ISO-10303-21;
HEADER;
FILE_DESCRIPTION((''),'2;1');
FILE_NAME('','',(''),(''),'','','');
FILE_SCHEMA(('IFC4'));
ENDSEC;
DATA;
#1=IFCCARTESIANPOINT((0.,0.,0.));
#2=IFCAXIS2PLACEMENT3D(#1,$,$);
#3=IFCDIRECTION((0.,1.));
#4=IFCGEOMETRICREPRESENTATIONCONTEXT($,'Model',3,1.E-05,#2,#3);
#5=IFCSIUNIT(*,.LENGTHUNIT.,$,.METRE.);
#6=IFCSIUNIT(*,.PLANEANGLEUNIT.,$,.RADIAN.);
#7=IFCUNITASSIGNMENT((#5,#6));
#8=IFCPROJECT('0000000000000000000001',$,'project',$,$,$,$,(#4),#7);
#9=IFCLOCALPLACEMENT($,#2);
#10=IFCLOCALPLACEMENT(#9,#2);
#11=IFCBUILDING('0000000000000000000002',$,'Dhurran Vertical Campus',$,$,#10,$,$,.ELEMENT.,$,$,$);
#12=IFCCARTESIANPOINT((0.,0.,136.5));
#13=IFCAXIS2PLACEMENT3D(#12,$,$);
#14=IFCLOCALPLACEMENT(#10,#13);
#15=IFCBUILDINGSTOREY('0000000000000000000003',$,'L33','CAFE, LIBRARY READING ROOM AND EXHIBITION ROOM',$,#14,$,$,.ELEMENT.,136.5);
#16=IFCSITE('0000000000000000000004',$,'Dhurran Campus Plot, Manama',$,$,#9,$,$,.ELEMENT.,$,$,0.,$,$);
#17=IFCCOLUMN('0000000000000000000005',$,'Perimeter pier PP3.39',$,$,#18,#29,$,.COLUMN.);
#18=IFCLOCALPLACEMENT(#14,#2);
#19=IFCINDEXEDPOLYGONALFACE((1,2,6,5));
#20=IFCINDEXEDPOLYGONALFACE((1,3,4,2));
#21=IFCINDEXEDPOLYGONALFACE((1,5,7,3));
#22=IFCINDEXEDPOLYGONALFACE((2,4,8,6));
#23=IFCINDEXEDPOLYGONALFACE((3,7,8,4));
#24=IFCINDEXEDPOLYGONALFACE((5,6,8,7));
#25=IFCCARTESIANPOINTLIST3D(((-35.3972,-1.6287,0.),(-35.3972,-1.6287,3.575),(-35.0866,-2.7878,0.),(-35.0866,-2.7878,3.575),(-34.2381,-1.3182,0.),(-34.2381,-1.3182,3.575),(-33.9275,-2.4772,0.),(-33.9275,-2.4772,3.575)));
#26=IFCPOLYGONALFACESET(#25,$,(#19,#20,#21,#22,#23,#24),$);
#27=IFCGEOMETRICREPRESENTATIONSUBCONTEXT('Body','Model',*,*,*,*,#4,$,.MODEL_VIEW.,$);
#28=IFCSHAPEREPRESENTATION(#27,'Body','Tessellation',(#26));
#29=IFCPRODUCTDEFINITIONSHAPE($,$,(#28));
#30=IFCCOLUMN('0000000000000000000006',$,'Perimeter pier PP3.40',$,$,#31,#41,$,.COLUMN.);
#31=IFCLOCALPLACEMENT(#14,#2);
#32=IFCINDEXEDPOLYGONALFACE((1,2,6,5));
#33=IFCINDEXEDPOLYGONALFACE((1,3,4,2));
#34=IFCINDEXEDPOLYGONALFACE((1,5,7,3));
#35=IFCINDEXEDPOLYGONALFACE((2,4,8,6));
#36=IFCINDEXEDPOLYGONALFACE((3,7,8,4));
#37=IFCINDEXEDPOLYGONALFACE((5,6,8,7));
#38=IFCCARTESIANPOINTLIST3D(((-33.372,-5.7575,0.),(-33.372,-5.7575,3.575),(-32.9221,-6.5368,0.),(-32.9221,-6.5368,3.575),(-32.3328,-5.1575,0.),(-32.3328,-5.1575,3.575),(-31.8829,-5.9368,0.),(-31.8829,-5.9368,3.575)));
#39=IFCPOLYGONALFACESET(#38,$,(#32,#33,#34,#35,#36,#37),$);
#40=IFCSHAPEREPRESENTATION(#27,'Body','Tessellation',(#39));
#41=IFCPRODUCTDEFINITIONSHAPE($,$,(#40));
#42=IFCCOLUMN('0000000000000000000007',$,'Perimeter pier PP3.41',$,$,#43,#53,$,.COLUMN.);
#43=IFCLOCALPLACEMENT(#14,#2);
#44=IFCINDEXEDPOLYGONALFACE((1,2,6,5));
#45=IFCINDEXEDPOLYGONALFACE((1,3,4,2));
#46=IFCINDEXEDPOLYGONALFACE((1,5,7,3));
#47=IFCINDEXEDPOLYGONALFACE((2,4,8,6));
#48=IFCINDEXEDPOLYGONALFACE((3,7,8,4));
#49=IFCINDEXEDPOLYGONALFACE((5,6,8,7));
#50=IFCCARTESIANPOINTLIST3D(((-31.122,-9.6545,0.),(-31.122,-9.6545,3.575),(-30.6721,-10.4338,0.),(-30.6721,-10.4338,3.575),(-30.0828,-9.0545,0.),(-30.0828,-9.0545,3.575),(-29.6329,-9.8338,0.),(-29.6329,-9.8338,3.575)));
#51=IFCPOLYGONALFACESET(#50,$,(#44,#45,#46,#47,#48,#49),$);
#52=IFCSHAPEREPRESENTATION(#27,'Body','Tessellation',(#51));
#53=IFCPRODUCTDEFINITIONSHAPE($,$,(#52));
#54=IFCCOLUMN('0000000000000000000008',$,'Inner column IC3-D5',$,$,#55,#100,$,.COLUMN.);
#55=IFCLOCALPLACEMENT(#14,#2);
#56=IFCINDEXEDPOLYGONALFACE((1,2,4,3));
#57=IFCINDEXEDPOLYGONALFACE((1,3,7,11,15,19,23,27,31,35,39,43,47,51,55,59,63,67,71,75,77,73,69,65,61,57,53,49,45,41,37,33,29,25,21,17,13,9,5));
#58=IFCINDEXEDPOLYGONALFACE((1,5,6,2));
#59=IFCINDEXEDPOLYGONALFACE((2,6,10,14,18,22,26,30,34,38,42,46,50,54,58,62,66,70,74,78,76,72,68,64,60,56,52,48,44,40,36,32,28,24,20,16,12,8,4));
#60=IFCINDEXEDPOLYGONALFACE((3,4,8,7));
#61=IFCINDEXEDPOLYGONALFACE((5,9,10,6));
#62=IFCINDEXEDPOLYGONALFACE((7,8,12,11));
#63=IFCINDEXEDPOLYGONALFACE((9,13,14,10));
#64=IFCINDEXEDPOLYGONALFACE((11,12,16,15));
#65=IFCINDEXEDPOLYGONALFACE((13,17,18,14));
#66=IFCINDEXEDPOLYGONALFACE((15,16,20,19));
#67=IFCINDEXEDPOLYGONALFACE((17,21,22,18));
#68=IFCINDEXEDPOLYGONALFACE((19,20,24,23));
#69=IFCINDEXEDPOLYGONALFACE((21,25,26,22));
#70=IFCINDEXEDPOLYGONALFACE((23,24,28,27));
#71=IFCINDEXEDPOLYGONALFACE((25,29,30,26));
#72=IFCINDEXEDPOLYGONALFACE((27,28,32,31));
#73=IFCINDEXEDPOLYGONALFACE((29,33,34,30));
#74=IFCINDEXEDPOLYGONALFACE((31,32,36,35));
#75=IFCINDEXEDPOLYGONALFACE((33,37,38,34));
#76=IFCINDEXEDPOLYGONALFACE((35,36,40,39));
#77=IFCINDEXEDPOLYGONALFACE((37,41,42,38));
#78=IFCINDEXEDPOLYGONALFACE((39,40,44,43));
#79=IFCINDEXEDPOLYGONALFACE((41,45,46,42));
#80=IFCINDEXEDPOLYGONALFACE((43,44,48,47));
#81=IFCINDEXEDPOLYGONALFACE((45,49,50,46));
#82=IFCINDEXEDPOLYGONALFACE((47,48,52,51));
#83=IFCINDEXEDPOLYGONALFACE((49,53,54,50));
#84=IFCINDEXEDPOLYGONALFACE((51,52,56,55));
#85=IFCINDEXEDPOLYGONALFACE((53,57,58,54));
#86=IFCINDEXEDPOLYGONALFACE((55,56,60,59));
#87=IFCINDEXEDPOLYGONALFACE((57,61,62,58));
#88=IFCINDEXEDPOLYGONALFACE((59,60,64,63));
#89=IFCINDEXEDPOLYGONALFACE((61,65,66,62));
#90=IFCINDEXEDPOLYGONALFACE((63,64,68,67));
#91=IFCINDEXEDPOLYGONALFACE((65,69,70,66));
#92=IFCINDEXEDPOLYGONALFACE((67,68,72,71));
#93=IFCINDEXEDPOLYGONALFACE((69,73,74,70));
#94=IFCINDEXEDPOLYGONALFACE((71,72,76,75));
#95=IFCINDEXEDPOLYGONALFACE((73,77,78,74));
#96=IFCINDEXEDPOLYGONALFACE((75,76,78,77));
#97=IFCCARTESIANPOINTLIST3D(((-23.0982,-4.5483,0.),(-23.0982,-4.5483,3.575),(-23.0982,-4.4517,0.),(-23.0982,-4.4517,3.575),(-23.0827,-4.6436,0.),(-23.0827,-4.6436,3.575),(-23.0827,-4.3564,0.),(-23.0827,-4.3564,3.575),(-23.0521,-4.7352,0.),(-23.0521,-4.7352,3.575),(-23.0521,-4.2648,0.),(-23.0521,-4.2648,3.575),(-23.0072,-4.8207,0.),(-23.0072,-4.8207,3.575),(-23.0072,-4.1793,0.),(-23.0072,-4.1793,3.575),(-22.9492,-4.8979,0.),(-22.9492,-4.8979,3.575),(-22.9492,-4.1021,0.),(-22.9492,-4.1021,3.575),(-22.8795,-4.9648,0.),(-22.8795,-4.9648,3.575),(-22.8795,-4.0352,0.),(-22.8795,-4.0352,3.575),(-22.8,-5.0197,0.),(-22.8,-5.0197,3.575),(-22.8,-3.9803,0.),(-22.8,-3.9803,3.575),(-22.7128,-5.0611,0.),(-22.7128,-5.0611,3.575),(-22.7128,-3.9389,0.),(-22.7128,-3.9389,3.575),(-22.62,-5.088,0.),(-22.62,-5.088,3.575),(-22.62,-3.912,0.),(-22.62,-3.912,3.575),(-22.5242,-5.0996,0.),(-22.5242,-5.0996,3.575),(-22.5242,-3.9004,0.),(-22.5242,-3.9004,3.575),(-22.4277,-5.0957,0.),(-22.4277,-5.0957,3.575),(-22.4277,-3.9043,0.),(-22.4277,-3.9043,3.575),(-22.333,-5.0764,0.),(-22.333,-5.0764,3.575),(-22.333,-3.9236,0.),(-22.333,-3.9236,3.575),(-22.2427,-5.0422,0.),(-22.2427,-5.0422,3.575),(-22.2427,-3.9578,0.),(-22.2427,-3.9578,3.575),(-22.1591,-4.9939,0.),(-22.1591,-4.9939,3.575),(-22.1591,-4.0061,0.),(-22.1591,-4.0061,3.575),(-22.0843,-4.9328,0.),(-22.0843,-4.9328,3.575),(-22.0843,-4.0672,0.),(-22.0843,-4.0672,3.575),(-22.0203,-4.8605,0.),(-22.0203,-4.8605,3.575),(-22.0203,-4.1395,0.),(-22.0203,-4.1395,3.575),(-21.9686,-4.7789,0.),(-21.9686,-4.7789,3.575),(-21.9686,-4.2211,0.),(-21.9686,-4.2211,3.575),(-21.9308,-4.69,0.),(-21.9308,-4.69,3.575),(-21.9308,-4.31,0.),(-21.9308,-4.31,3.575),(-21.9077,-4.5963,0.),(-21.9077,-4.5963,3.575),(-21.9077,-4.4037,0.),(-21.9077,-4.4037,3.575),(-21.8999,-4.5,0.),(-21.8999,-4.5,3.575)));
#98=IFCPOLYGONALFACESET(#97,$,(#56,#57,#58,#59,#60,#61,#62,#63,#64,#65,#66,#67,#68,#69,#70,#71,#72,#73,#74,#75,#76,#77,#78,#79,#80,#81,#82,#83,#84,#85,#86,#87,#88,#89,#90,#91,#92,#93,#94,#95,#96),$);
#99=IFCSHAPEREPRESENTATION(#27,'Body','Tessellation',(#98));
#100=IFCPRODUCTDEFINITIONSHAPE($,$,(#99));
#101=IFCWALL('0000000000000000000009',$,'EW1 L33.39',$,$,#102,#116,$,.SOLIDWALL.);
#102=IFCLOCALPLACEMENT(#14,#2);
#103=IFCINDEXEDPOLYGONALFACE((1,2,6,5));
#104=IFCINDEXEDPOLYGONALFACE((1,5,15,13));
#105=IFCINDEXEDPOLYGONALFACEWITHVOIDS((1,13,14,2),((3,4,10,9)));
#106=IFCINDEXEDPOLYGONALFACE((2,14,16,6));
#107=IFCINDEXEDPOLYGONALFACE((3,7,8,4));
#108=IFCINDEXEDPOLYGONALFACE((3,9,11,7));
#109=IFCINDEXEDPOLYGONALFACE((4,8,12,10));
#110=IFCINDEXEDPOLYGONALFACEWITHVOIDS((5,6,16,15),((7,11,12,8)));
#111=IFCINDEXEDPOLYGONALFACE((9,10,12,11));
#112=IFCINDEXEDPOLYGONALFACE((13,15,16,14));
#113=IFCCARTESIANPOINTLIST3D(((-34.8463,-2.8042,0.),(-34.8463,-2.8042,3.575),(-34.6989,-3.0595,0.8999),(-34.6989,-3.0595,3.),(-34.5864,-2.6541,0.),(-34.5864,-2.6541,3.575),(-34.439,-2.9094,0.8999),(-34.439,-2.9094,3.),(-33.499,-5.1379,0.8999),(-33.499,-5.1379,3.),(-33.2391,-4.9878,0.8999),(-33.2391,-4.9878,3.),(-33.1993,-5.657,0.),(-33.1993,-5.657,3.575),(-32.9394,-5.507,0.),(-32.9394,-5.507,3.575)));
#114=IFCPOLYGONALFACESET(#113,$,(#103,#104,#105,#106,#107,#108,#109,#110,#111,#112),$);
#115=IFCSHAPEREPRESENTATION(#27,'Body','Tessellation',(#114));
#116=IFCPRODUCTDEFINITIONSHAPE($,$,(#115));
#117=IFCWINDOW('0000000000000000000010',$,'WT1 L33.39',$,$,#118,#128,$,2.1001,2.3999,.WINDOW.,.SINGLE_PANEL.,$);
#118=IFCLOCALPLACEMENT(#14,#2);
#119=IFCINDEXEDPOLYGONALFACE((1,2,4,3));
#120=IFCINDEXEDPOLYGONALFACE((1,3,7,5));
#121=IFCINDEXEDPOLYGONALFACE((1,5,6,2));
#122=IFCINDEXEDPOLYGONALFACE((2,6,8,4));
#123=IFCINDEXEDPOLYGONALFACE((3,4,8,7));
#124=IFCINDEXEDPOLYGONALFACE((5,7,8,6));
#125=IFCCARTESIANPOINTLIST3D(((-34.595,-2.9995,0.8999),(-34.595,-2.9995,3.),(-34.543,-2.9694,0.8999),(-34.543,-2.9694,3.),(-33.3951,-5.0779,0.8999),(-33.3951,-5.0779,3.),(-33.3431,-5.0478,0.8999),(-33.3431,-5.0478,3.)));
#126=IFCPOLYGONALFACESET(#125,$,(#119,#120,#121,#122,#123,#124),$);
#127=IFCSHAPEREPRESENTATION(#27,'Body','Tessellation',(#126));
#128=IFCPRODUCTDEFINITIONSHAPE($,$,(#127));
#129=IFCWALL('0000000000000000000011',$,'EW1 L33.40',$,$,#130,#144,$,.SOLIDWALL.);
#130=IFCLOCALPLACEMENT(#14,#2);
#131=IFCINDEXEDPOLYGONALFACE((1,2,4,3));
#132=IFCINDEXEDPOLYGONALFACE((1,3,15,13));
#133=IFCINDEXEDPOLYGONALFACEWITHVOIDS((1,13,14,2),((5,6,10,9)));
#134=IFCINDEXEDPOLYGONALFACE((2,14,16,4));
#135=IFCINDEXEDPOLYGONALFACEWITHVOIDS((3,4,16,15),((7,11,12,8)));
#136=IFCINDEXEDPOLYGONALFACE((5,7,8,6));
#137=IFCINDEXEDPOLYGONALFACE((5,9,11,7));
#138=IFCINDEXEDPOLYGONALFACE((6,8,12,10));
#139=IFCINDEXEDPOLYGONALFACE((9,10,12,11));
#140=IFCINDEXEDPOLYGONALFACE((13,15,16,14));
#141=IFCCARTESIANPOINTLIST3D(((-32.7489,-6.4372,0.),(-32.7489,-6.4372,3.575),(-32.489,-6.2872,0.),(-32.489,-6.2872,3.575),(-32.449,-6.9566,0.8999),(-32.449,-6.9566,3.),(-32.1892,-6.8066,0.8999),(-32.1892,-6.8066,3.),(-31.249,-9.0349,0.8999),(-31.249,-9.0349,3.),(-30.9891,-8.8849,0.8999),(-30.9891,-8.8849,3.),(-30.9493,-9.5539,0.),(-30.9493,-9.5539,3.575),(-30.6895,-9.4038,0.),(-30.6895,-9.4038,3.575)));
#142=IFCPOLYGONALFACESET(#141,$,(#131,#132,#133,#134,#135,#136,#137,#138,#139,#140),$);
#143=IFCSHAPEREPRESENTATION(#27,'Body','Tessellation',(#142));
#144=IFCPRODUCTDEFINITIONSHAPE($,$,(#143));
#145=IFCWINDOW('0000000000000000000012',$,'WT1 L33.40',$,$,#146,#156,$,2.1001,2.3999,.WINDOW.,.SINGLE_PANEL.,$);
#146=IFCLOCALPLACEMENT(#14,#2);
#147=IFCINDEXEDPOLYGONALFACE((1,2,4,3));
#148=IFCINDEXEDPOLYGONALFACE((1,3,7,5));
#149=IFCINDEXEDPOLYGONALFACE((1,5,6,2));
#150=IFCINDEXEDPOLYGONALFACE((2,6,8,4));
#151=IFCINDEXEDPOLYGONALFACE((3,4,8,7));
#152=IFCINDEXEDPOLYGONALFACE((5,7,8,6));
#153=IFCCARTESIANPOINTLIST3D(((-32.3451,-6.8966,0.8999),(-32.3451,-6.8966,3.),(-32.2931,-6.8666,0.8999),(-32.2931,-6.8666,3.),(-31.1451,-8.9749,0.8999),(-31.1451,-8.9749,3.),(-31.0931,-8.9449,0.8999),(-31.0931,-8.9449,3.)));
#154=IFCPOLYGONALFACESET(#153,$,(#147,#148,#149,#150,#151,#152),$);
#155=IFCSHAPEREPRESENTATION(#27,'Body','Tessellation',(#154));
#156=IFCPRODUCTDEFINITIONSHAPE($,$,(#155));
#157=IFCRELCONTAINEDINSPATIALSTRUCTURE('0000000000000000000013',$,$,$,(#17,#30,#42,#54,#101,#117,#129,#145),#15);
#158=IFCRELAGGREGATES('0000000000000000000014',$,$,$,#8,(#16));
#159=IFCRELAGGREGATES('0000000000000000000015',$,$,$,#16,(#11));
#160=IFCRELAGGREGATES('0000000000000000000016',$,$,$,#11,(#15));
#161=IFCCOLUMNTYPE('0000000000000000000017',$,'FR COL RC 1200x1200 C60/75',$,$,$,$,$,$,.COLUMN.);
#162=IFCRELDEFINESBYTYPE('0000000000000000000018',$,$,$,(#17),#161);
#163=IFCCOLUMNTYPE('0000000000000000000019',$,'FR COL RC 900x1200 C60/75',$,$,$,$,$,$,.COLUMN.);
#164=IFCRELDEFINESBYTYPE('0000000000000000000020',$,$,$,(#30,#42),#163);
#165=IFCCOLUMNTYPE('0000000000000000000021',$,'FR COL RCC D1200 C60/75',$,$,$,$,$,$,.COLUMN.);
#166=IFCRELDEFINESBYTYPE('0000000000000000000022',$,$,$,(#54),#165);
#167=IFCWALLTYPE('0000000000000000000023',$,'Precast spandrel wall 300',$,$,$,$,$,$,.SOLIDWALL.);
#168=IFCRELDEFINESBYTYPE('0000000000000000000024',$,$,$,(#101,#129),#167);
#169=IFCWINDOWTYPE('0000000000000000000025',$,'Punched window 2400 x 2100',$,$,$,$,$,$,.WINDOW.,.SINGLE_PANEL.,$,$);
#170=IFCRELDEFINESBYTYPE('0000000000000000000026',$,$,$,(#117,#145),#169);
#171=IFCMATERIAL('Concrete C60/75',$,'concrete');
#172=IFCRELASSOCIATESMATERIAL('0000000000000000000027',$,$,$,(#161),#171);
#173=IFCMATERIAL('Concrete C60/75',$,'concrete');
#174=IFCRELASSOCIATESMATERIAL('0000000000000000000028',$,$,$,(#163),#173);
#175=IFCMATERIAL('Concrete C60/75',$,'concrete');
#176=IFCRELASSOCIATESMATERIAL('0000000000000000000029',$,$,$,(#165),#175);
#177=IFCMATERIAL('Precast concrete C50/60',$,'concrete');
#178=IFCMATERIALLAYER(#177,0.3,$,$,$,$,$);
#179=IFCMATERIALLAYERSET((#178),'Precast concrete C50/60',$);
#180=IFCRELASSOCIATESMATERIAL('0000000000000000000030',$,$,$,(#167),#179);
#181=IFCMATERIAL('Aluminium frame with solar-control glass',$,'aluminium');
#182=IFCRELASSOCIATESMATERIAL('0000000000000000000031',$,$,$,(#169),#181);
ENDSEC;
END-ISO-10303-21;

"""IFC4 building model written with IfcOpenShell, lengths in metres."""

from ifc_helpers import new_model, si_unit, direction, frame, frame_2d, origin, origin_2d, place, context, subcontext, project, spatial, rectangle, circle, extrude, material, layer, layer_set, material_profile, profile_set, type_object, element, fill, save


model = new_model("IFC4")

# Units and contexts
model_context = context("Model", 3, precision=1e-05, world=origin(), true_north=direction((0.0, 1.0)))
body_context = subcontext(model_context, "Body", "Model", "MODEL_VIEW")
ifc_project = project(units=[si_unit("LENGTHUNIT", "METRE"), si_unit("PLANEANGLEUNIT", "RADIAN")], contexts=[model_context])

# Site, building, storey
site_placement = place(None, origin())
site = spatial("IfcSite", under=ifc_project, at=site_placement, Name="Dhurran Campus Plot, Manama", CompositionType="ELEMENT", RefElevation=0.0)
building_placement = place(site_placement, origin())
building = spatial("IfcBuilding", under=site, at=building_placement, Name="Dhurran Vertical Campus", CompositionType="ELEMENT")
storey_placement = place(building_placement, frame((0.0, 0.0, 136.5)))
storey = spatial("IfcBuildingStorey", under=building, at=storey_placement, Name="L33", Description="CAFE, LIBRARY READING ROOM AND EXHIBITION ROOM", CompositionType="ELEMENT", Elevation=136.5)

# Columns
ifc_material_1 = material(Name="Concrete C60/75", Category="concrete")
ifc_material_profile_1 = material_profile(ifc_material_1, rectangle(XDim=1.2, YDim=1.2, at=origin_2d()), Name="RC 1200x1200")
ifc_profile_set_1 = profile_set([ifc_material_profile_1], Name="Concrete C60/75")
column_type_1 = type_object("IfcColumnType", Name="FR COL RC 1200x1200 C60/75", PredefinedType="COLUMN", material=ifc_profile_set_1)
column_1_placement = place(storey_placement, frame((-34.6624, -2.053, 0.0), z_axis=(0.0, 0.0, 1.0), x_axis=(0.258819, -0.965926, 0.0)))
element("IfcColumn", 1, at=column_1_placement, inside=storey, type_object=column_type_1, Name="Perimeter pier PP3.39", PredefinedType="COLUMN", context=body_context, shape_type="SweptSolid", body=[
    extrude(rectangle(XDim=1.2, YDim=1.2, at=origin_2d()), origin(), (0.0, 0.0, 1.0), 3.575),
])
ifc_material_2 = material(Name="Concrete C60/75", Category="concrete")
ifc_material_profile_2 = material_profile(ifc_material_2, rectangle(XDim=0.8999, YDim=1.2, at=origin_2d()), Name="RC 900x1200")
ifc_profile_set_2 = profile_set([ifc_material_profile_2], Name="Concrete C60/75")
column_type_2 = type_object("IfcColumnType", Name="FR COL RC 900x1200 C60/75", PredefinedType="COLUMN", material=ifc_profile_set_2)
for number, where, z_axis, x_axis, name in (
    (2, (-32.6274, -5.8472, 0.0), (0.0, 0.0, 1.0), (0.5, -0.866025, 0.0), "Perimeter pier PP3.40"),
    (3, (-30.3774, -9.7441, 0.0), (0.0, 0.0, 1.0), (0.5, -0.866025, 0.0), "Perimeter pier PP3.41"),
):
    element("IfcColumn", number, at=place(storey_placement, frame(where, z_axis=z_axis, x_axis=x_axis)), inside=storey, type_object=column_type_2, Name=name, PredefinedType="COLUMN", context=body_context, shape_type="SweptSolid", body=[
        extrude(rectangle(XDim=0.8999, YDim=1.2, at=origin_2d()), origin(), (0.0, 0.0, 1.0), 3.575),
    ])
ifc_material_3 = material(Name="Concrete C60/75", Category="concrete")
ifc_material_profile_3 = material_profile(ifc_material_3, circle(Radius=0.6001, at=origin_2d()), Name="RCC D1200")
ifc_profile_set_3 = profile_set([ifc_material_profile_3], Name="Concrete C60/75")
column_type_3 = type_object("IfcColumnType", Name="FR COL RCC D1200 C60/75", PredefinedType="COLUMN", material=ifc_profile_set_3)
column_2_placement = place(storey_placement, frame((-22.5, -4.5, 0.0), z_axis=(0.0, 0.0, 1.0), x_axis=(1.0, 0.0, 0.0)))
element("IfcColumn", 4, at=column_2_placement, inside=storey, type_object=column_type_3, Name="Inner column IC3-D5", PredefinedType="COLUMN", context=body_context, shape_type="SweptSolid", body=[
    extrude(circle(Radius=0.6001, at=origin_2d()), origin(), (0.0, 0.0, 1.0), 3.575),
])

# Walls, openings, windows
ifc_material_4 = material(Name="Precast concrete C50/60", Category="concrete")
ifc_layer_1 = layer(ifc_material_4, 0.3)
ifc_layer_set_1 = layer_set([ifc_layer_1], Name="Precast concrete C50/60")
wall_type_1 = type_object("IfcWallType", Name="Precast spandrel wall 300", PredefinedType="SOLIDWALL", material=ifc_layer_set_1)
wall_1_placement = place(storey_placement, frame((-34.7163, -2.7292, 0.0), z_axis=(0.0, 0.0, 1.0), x_axis=(0.499981, -0.866036, 0.0)))
wall_1 = element("IfcWall", 5, at=wall_1_placement, inside=storey, type_object=wall_type_1, Name="EW1 L33.39", PredefinedType="SOLIDWALL", context=body_context, shape_type="SweptSolid", body=[
    extrude(rectangle(XDim=3.2942, YDim=0.3, at=frame_2d((1.647, 0.0))), origin(), (0.0, 0.0, 1.0), 3.575),
])
opening_1_placement = place(wall_1_placement, frame((0.2947, 0.0, 0.8999)))
opening_1 = element("IfcOpeningElement", 6, at=opening_1_placement, cuts=wall_1, PredefinedType="OPENING", context=body_context, shape_type="SweptSolid", body=[
    extrude(rectangle(XDim=2.3999, YDim=2.1001, at=frame_2d((1.2, 1.05))), frame((0.0, 0.1599, 0.0), z_axis=(0.0, -1.0, 0.0), x_axis=(1.0, 0.0, 0.0)), (0.0, 0.0, 1.0), 0.3201),
])
ifc_material_5 = material(Name="Aluminium frame with solar-control glass", Category="aluminium")
window_type = type_object("IfcWindowType", Name="Punched window 2400 x 2100", PartitioningType="SINGLE_PANEL", PredefinedType="WINDOW", material=ifc_material_5)
window_1_placement = place(opening_1_placement, origin())
window_1 = element("IfcWindow", 7, at=window_1_placement, inside=storey, type_object=window_type, Name="WT1 L33.39", OverallHeight=2.1001, OverallWidth=2.3999, PartitioningType="SINGLE_PANEL", PredefinedType="WINDOW", context=body_context, shape_type="SweptSolid", body=[
    extrude(rectangle(XDim=2.3999, YDim=2.1001, at=frame_2d((1.2, 1.05))), frame((0.0, 0.03, 0.0), z_axis=(0.0, -1.0, 0.0), x_axis=(1.0, 0.0, 0.0)), (0.0, 0.0, 1.0), 0.0601),
])
fill(opening_1, window_1)
wall_2_placement = place(storey_placement, frame((-32.6189, -6.3623, 0.0), z_axis=(0.0, 0.0, 1.0), x_axis=(0.500028, -0.866009, 0.0)))
wall_2 = element("IfcWall", 8, at=wall_2_placement, inside=storey, type_object=wall_type_1, Name="EW1 L33.40", PredefinedType="SOLIDWALL", context=body_context, shape_type="SweptSolid", body=[
    extrude(rectangle(XDim=3.5989, YDim=0.3, at=frame_2d((1.7993, 0.0))), origin(), (0.0, 0.0, 1.0), 3.575),
])
opening_2_placement = place(wall_2_placement, frame((0.5996, 0.0, 0.8999)))
opening_2 = element("IfcOpeningElement", 9, at=opening_2_placement, cuts=wall_2, PredefinedType="OPENING", context=body_context, shape_type="SweptSolid", body=[
    extrude(rectangle(XDim=2.3999, YDim=2.1001, at=frame_2d((1.2, 1.05))), frame((0.0, 0.1599, 0.0), z_axis=(0.0, -1.0, 0.0), x_axis=(1.0, 0.0, 0.0)), (0.0, 0.0, 1.0), 0.3201),
])
window_2_placement = place(opening_2_placement, origin())
window_2 = element("IfcWindow", 10, at=window_2_placement, inside=storey, type_object=window_type, Name="WT1 L33.40", OverallHeight=2.1001, OverallWidth=2.3999, PartitioningType="SINGLE_PANEL", PredefinedType="WINDOW", context=body_context, shape_type="SweptSolid", body=[
    extrude(rectangle(XDim=2.3999, YDim=2.1001, at=frame_2d((1.2, 1.05))), frame((0.0, 0.03, 0.0), z_axis=(0.0, -1.0, 0.0), x_axis=(1.0, 0.0, 0.0)), (0.0, 0.0, 1.0), 0.0601),
])
fill(opening_2, window_2)

save(model, "model.ifc")
